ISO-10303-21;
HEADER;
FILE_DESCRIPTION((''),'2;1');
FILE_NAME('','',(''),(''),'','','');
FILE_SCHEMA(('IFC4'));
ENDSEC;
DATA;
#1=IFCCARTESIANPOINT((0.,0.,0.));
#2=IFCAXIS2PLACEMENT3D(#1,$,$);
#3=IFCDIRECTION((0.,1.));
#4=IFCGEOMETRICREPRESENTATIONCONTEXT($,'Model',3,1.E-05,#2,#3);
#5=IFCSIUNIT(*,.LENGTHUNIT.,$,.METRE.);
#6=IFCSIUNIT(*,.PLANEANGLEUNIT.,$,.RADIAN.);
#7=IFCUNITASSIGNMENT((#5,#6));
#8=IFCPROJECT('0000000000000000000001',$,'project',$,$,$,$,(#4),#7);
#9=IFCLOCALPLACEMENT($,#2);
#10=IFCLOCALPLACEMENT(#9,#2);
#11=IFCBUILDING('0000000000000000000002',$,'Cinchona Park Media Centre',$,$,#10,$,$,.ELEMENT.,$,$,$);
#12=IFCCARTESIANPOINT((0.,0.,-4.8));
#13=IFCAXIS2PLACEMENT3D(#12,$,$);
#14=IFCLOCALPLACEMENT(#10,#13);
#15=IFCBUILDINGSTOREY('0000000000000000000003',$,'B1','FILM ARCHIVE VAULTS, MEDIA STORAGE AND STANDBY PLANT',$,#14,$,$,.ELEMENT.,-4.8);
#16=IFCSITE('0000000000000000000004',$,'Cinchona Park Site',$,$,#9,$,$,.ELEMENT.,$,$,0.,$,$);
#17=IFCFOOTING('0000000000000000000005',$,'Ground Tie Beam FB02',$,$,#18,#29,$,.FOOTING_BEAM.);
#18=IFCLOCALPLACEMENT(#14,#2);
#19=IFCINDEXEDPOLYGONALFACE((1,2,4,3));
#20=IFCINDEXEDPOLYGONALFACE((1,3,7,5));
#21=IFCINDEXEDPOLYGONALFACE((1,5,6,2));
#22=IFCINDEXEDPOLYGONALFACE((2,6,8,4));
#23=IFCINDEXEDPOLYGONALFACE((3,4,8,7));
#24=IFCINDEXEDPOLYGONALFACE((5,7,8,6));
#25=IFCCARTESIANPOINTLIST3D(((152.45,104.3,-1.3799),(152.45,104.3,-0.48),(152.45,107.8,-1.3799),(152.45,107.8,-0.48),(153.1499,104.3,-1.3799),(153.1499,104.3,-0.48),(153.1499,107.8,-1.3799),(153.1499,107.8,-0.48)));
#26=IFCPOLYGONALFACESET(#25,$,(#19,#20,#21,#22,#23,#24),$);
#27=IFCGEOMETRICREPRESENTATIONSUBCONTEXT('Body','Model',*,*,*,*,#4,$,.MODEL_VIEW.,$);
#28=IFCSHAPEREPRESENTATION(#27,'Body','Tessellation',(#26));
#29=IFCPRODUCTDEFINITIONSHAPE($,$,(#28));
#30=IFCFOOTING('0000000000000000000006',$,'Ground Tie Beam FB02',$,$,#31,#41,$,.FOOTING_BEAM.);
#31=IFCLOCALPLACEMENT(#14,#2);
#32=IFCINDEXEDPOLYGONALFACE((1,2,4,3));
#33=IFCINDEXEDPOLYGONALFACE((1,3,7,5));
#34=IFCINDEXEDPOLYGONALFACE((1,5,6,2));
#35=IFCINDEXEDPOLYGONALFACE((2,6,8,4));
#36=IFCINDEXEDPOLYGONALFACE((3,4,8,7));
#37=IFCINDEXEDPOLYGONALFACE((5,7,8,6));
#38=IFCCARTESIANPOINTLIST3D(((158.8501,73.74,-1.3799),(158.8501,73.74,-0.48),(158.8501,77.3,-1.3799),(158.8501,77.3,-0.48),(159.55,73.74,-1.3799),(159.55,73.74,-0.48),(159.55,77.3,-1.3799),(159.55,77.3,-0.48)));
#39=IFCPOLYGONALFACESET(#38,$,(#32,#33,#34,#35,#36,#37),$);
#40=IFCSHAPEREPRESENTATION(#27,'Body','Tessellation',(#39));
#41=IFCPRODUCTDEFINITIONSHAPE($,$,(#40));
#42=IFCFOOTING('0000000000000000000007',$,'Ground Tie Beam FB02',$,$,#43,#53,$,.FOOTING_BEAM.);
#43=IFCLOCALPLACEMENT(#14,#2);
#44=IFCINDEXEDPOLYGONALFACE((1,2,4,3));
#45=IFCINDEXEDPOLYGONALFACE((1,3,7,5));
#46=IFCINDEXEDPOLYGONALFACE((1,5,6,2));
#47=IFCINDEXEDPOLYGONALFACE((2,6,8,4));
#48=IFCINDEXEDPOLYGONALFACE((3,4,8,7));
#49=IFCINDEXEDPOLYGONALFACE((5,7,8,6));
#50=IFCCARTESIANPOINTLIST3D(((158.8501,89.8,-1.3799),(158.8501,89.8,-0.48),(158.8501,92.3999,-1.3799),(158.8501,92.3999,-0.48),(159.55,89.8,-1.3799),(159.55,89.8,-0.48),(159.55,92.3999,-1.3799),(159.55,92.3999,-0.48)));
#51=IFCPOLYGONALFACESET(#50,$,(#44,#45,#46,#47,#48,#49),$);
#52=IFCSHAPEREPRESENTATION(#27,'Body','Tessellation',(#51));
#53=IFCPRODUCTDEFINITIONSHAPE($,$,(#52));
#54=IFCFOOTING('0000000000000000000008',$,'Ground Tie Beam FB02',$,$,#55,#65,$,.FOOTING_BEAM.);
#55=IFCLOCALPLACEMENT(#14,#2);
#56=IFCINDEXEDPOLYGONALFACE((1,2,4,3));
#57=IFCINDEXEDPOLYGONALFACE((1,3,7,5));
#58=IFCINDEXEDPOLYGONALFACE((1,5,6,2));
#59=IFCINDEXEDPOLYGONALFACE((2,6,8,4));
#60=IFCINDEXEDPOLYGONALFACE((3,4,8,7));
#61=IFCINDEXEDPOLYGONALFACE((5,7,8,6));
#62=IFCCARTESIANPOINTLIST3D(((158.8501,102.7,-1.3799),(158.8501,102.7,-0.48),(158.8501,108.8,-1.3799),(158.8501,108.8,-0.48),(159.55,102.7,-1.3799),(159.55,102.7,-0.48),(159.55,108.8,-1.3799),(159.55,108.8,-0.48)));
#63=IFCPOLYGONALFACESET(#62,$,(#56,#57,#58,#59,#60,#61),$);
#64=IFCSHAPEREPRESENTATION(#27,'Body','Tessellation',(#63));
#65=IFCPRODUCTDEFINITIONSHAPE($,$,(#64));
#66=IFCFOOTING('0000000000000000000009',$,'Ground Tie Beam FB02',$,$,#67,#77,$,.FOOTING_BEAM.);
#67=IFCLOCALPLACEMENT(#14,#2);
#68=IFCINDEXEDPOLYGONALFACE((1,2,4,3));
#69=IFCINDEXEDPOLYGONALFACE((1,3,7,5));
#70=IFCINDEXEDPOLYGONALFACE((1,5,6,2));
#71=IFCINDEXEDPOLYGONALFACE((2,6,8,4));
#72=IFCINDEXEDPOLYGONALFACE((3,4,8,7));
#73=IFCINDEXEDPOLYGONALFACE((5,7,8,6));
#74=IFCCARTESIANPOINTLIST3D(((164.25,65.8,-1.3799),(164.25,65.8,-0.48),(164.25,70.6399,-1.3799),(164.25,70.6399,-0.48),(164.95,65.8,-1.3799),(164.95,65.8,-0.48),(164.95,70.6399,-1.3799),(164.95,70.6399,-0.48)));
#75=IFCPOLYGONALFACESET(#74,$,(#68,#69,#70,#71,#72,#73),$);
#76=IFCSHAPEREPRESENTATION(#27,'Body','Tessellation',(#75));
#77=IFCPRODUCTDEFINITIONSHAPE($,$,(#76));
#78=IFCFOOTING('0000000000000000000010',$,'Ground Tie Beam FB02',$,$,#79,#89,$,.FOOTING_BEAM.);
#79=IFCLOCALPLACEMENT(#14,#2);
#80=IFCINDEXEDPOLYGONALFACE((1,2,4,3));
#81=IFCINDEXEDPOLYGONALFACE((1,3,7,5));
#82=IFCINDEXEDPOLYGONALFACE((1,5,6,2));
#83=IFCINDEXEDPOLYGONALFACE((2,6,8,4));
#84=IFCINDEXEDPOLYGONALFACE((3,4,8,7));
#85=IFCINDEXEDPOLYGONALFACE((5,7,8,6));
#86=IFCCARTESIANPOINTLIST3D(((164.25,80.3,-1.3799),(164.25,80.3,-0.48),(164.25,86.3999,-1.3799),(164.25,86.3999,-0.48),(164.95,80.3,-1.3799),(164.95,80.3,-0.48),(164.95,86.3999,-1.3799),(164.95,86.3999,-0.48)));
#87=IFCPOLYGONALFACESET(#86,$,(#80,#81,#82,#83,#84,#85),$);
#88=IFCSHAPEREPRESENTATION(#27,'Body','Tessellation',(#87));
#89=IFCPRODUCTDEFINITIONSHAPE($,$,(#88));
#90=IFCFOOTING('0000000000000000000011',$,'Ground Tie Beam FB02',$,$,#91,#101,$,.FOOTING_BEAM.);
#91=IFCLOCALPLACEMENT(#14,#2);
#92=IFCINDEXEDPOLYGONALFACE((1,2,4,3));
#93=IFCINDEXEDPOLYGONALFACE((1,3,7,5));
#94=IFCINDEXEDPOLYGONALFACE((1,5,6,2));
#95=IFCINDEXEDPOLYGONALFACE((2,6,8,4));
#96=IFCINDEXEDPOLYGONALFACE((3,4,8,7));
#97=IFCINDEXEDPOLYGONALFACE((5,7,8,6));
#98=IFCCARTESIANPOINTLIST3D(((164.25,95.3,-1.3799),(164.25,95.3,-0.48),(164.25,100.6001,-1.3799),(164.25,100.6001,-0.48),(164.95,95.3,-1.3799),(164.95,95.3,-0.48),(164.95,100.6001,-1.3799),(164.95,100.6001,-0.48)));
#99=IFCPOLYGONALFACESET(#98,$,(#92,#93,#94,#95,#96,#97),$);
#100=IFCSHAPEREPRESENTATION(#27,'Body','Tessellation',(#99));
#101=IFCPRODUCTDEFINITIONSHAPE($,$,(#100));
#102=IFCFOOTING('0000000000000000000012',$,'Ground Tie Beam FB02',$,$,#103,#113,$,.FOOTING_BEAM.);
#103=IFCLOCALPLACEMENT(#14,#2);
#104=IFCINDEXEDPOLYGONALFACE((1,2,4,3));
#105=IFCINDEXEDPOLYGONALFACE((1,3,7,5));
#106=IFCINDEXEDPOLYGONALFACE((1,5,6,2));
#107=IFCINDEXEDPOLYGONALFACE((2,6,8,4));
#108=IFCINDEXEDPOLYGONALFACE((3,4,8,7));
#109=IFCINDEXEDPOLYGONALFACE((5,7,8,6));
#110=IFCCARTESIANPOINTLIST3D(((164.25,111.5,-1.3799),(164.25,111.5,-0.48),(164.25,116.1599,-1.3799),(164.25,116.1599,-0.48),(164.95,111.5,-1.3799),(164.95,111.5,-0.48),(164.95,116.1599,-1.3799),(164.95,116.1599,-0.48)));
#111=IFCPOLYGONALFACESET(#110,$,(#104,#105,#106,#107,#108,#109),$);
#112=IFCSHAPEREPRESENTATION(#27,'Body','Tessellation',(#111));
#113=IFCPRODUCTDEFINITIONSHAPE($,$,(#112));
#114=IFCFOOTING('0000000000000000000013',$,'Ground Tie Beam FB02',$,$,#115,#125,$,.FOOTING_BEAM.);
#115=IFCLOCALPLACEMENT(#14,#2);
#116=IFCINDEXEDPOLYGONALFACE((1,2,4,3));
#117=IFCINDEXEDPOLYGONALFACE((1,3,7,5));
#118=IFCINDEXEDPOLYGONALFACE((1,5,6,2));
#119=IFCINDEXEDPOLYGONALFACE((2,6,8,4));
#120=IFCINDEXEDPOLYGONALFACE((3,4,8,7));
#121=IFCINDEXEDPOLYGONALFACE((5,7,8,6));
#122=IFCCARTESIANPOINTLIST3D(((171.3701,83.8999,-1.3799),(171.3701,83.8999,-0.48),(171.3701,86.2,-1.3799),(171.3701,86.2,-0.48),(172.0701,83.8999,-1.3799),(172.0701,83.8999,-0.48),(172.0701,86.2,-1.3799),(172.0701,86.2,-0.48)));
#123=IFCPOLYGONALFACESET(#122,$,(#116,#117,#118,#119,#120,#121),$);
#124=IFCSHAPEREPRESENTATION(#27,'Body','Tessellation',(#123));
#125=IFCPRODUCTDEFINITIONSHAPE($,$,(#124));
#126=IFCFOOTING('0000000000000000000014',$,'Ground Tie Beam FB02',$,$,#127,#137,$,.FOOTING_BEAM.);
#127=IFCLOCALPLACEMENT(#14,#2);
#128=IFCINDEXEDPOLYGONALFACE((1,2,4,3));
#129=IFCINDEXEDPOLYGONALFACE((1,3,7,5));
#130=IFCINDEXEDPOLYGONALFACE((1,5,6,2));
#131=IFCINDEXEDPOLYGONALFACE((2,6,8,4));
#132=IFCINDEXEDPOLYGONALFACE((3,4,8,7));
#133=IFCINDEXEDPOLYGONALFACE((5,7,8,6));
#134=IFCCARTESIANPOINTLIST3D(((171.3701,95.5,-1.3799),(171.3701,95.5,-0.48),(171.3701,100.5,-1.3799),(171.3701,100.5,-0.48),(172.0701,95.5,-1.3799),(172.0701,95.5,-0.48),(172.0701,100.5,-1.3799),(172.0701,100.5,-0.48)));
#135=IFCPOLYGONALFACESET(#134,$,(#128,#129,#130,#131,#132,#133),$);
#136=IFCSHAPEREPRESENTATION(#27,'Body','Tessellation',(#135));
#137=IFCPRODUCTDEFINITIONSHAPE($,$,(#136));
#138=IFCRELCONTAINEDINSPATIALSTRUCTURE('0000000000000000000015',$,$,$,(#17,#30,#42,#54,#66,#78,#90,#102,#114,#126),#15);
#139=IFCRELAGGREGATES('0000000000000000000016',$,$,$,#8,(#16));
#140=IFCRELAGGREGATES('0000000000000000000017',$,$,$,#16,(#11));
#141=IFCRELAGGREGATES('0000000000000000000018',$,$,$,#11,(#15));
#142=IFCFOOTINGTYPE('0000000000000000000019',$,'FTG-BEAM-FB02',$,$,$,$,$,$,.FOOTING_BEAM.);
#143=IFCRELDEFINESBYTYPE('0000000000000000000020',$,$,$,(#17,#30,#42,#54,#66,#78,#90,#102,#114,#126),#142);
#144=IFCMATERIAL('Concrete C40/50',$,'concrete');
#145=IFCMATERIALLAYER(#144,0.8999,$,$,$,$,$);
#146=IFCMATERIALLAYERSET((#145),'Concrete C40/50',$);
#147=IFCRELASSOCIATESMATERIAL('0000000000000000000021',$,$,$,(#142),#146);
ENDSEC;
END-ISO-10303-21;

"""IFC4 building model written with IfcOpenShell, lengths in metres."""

from ifc_helpers import new_model, si_unit, direction, frame, origin, place, context, subcontext, project, spatial, polyline, outline, extrude, material, layer, layer_set, type_object, element, save


model = new_model("IFC4")

# Units and contexts
model_context = context("Model", 3, precision=1e-05, world=origin(), true_north=direction((0.0, 1.0)))
body_context = subcontext(model_context, "Body", "Model", "MODEL_VIEW")
ifc_project = project(units=[si_unit("LENGTHUNIT", "METRE"), si_unit("PLANEANGLEUNIT", "RADIAN")], contexts=[model_context])

# Site, building, storey
site_placement = place(None, origin())
site = spatial("IfcSite", under=ifc_project, at=site_placement, Name="Cinchona Park Site", CompositionType="ELEMENT", RefElevation=0.0)
building_placement = place(site_placement, origin())
building = spatial("IfcBuilding", under=site, at=building_placement, Name="Cinchona Park Media Centre", CompositionType="ELEMENT")
storey_placement = place(building_placement, frame((0.0, 0.0, -4.8)))
storey = spatial("IfcBuildingStorey", under=building, at=storey_placement, Name="B1", Description="FILM ARCHIVE VAULTS, MEDIA STORAGE AND STANDBY PLANT", CompositionType="ELEMENT", Elevation=-4.8)

# Footings
ifc_material = material(Name="Concrete C40/50", Category="concrete")
ifc_layer = layer(ifc_material, 0.8999)
ifc_layer_set = layer_set([ifc_layer], Name="Concrete C40/50")
footing_type = type_object("IfcFootingType", Name="FTG-BEAM-FB02", PredefinedType="FOOTING_BEAM", material=ifc_layer_set)
footing_1_placement = place(storey_placement, frame((0.0, 0.0, -1.3799)))
element("IfcFooting", 1, at=footing_1_placement, inside=storey, type_object=footing_type, Name="Ground Tie Beam FB02", PredefinedType="FOOTING_BEAM", context=body_context, shape_type="SweptSolid", body=[
    extrude(outline(polyline([(152.45, 104.3), (153.1499, 104.3), (153.1499, 107.8), (152.45, 107.8), (152.45, 104.3)])), origin(), (0.0, 0.0, 1.0), 0.8999),
])
footing_2_placement = place(storey_placement, frame((0.0, 0.0, -1.3799)))
element("IfcFooting", 2, at=footing_2_placement, inside=storey, type_object=footing_type, Name="Ground Tie Beam FB02", PredefinedType="FOOTING_BEAM", context=body_context, shape_type="SweptSolid", body=[
    extrude(outline(polyline([(158.8501, 73.74), (159.55, 73.74), (159.55, 77.3), (158.8501, 77.3), (158.8501, 73.74)])), origin(), (0.0, 0.0, 1.0), 0.8999),
])
footing_3_placement = place(storey_placement, frame((0.0, 0.0, -1.3799)))
element("IfcFooting", 3, at=footing_3_placement, inside=storey, type_object=footing_type, Name="Ground Tie Beam FB02", PredefinedType="FOOTING_BEAM", context=body_context, shape_type="SweptSolid", body=[
    extrude(outline(polyline([(158.8501, 89.8), (159.55, 89.8), (159.55, 92.3999), (158.8501, 92.3999), (158.8501, 89.8)])), origin(), (0.0, 0.0, 1.0), 0.8999),
])
footing_4_placement = place(storey_placement, frame((0.0, 0.0, -1.3799)))
element("IfcFooting", 4, at=footing_4_placement, inside=storey, type_object=footing_type, Name="Ground Tie Beam FB02", PredefinedType="FOOTING_BEAM", context=body_context, shape_type="SweptSolid", body=[
    extrude(outline(polyline([(158.8501, 102.7), (159.55, 102.7), (159.55, 108.8), (158.8501, 108.8), (158.8501, 102.7)])), origin(), (0.0, 0.0, 1.0), 0.8999),
])
footing_5_placement = place(storey_placement, frame((0.0, 0.0, -1.3799)))
element("IfcFooting", 5, at=footing_5_placement, inside=storey, type_object=footing_type, Name="Ground Tie Beam FB02", PredefinedType="FOOTING_BEAM", context=body_context, shape_type="SweptSolid", body=[
    extrude(outline(polyline([(164.25, 65.8), (164.95, 65.8), (164.95, 70.6399), (164.25, 70.6399), (164.25, 65.8)])), origin(), (0.0, 0.0, 1.0), 0.8999),
])
footing_6_placement = place(storey_placement, frame((0.0, 0.0, -1.3799)))
element("IfcFooting", 6, at=footing_6_placement, inside=storey, type_object=footing_type, Name="Ground Tie Beam FB02", PredefinedType="FOOTING_BEAM", context=body_context, shape_type="SweptSolid", body=[
    extrude(outline(polyline([(164.25, 80.3), (164.95, 80.3), (164.95, 86.3999), (164.25, 86.3999), (164.25, 80.3)])), origin(), (0.0, 0.0, 1.0), 0.8999),
])
footing_7_placement = place(storey_placement, frame((0.0, 0.0, -1.3799)))
element("IfcFooting", 7, at=footing_7_placement, inside=storey, type_object=footing_type, Name="Ground Tie Beam FB02", PredefinedType="FOOTING_BEAM", context=body_context, shape_type="SweptSolid", body=[
    extrude(outline(polyline([(164.25, 95.3), (164.95, 95.3), (164.95, 100.6001), (164.25, 100.6001), (164.25, 95.3)])), origin(), (0.0, 0.0, 1.0), 0.8999),
])
footing_8_placement = place(storey_placement, frame((0.0, 0.0, -1.3799)))
element("IfcFooting", 8, at=footing_8_placement, inside=storey, type_object=footing_type, Name="Ground Tie Beam FB02", PredefinedType="FOOTING_BEAM", context=body_context, shape_type="SweptSolid", body=[
    extrude(outline(polyline([(164.25, 111.5), (164.95, 111.5), (164.95, 116.1599), (164.25, 116.1599), (164.25, 111.5)])), origin(), (0.0, 0.0, 1.0), 0.8999),
])
footing_9_placement = place(storey_placement, frame((0.0, 0.0, -1.3799)))
element("IfcFooting", 9, at=footing_9_placement, inside=storey, type_object=footing_type, Name="Ground Tie Beam FB02", PredefinedType="FOOTING_BEAM", context=body_context, shape_type="SweptSolid", body=[
    extrude(outline(polyline([(171.3701, 83.8999), (172.0701, 83.8999), (172.0701, 86.2), (171.3701, 86.2), (171.3701, 83.8999)])), origin(), (0.0, 0.0, 1.0), 0.8999),
])
footing_10_placement = place(storey_placement, frame((0.0, 0.0, -1.3799)))
element("IfcFooting", 10, at=footing_10_placement, inside=storey, type_object=footing_type, Name="Ground Tie Beam FB02", PredefinedType="FOOTING_BEAM", context=body_context, shape_type="SweptSolid", body=[
    extrude(outline(polyline([(171.3701, 95.5), (172.0701, 95.5), (172.0701, 100.5), (171.3701, 100.5), (171.3701, 95.5)])), origin(), (0.0, 0.0, 1.0), 0.8999),
])

save(model, "model.ifc")
